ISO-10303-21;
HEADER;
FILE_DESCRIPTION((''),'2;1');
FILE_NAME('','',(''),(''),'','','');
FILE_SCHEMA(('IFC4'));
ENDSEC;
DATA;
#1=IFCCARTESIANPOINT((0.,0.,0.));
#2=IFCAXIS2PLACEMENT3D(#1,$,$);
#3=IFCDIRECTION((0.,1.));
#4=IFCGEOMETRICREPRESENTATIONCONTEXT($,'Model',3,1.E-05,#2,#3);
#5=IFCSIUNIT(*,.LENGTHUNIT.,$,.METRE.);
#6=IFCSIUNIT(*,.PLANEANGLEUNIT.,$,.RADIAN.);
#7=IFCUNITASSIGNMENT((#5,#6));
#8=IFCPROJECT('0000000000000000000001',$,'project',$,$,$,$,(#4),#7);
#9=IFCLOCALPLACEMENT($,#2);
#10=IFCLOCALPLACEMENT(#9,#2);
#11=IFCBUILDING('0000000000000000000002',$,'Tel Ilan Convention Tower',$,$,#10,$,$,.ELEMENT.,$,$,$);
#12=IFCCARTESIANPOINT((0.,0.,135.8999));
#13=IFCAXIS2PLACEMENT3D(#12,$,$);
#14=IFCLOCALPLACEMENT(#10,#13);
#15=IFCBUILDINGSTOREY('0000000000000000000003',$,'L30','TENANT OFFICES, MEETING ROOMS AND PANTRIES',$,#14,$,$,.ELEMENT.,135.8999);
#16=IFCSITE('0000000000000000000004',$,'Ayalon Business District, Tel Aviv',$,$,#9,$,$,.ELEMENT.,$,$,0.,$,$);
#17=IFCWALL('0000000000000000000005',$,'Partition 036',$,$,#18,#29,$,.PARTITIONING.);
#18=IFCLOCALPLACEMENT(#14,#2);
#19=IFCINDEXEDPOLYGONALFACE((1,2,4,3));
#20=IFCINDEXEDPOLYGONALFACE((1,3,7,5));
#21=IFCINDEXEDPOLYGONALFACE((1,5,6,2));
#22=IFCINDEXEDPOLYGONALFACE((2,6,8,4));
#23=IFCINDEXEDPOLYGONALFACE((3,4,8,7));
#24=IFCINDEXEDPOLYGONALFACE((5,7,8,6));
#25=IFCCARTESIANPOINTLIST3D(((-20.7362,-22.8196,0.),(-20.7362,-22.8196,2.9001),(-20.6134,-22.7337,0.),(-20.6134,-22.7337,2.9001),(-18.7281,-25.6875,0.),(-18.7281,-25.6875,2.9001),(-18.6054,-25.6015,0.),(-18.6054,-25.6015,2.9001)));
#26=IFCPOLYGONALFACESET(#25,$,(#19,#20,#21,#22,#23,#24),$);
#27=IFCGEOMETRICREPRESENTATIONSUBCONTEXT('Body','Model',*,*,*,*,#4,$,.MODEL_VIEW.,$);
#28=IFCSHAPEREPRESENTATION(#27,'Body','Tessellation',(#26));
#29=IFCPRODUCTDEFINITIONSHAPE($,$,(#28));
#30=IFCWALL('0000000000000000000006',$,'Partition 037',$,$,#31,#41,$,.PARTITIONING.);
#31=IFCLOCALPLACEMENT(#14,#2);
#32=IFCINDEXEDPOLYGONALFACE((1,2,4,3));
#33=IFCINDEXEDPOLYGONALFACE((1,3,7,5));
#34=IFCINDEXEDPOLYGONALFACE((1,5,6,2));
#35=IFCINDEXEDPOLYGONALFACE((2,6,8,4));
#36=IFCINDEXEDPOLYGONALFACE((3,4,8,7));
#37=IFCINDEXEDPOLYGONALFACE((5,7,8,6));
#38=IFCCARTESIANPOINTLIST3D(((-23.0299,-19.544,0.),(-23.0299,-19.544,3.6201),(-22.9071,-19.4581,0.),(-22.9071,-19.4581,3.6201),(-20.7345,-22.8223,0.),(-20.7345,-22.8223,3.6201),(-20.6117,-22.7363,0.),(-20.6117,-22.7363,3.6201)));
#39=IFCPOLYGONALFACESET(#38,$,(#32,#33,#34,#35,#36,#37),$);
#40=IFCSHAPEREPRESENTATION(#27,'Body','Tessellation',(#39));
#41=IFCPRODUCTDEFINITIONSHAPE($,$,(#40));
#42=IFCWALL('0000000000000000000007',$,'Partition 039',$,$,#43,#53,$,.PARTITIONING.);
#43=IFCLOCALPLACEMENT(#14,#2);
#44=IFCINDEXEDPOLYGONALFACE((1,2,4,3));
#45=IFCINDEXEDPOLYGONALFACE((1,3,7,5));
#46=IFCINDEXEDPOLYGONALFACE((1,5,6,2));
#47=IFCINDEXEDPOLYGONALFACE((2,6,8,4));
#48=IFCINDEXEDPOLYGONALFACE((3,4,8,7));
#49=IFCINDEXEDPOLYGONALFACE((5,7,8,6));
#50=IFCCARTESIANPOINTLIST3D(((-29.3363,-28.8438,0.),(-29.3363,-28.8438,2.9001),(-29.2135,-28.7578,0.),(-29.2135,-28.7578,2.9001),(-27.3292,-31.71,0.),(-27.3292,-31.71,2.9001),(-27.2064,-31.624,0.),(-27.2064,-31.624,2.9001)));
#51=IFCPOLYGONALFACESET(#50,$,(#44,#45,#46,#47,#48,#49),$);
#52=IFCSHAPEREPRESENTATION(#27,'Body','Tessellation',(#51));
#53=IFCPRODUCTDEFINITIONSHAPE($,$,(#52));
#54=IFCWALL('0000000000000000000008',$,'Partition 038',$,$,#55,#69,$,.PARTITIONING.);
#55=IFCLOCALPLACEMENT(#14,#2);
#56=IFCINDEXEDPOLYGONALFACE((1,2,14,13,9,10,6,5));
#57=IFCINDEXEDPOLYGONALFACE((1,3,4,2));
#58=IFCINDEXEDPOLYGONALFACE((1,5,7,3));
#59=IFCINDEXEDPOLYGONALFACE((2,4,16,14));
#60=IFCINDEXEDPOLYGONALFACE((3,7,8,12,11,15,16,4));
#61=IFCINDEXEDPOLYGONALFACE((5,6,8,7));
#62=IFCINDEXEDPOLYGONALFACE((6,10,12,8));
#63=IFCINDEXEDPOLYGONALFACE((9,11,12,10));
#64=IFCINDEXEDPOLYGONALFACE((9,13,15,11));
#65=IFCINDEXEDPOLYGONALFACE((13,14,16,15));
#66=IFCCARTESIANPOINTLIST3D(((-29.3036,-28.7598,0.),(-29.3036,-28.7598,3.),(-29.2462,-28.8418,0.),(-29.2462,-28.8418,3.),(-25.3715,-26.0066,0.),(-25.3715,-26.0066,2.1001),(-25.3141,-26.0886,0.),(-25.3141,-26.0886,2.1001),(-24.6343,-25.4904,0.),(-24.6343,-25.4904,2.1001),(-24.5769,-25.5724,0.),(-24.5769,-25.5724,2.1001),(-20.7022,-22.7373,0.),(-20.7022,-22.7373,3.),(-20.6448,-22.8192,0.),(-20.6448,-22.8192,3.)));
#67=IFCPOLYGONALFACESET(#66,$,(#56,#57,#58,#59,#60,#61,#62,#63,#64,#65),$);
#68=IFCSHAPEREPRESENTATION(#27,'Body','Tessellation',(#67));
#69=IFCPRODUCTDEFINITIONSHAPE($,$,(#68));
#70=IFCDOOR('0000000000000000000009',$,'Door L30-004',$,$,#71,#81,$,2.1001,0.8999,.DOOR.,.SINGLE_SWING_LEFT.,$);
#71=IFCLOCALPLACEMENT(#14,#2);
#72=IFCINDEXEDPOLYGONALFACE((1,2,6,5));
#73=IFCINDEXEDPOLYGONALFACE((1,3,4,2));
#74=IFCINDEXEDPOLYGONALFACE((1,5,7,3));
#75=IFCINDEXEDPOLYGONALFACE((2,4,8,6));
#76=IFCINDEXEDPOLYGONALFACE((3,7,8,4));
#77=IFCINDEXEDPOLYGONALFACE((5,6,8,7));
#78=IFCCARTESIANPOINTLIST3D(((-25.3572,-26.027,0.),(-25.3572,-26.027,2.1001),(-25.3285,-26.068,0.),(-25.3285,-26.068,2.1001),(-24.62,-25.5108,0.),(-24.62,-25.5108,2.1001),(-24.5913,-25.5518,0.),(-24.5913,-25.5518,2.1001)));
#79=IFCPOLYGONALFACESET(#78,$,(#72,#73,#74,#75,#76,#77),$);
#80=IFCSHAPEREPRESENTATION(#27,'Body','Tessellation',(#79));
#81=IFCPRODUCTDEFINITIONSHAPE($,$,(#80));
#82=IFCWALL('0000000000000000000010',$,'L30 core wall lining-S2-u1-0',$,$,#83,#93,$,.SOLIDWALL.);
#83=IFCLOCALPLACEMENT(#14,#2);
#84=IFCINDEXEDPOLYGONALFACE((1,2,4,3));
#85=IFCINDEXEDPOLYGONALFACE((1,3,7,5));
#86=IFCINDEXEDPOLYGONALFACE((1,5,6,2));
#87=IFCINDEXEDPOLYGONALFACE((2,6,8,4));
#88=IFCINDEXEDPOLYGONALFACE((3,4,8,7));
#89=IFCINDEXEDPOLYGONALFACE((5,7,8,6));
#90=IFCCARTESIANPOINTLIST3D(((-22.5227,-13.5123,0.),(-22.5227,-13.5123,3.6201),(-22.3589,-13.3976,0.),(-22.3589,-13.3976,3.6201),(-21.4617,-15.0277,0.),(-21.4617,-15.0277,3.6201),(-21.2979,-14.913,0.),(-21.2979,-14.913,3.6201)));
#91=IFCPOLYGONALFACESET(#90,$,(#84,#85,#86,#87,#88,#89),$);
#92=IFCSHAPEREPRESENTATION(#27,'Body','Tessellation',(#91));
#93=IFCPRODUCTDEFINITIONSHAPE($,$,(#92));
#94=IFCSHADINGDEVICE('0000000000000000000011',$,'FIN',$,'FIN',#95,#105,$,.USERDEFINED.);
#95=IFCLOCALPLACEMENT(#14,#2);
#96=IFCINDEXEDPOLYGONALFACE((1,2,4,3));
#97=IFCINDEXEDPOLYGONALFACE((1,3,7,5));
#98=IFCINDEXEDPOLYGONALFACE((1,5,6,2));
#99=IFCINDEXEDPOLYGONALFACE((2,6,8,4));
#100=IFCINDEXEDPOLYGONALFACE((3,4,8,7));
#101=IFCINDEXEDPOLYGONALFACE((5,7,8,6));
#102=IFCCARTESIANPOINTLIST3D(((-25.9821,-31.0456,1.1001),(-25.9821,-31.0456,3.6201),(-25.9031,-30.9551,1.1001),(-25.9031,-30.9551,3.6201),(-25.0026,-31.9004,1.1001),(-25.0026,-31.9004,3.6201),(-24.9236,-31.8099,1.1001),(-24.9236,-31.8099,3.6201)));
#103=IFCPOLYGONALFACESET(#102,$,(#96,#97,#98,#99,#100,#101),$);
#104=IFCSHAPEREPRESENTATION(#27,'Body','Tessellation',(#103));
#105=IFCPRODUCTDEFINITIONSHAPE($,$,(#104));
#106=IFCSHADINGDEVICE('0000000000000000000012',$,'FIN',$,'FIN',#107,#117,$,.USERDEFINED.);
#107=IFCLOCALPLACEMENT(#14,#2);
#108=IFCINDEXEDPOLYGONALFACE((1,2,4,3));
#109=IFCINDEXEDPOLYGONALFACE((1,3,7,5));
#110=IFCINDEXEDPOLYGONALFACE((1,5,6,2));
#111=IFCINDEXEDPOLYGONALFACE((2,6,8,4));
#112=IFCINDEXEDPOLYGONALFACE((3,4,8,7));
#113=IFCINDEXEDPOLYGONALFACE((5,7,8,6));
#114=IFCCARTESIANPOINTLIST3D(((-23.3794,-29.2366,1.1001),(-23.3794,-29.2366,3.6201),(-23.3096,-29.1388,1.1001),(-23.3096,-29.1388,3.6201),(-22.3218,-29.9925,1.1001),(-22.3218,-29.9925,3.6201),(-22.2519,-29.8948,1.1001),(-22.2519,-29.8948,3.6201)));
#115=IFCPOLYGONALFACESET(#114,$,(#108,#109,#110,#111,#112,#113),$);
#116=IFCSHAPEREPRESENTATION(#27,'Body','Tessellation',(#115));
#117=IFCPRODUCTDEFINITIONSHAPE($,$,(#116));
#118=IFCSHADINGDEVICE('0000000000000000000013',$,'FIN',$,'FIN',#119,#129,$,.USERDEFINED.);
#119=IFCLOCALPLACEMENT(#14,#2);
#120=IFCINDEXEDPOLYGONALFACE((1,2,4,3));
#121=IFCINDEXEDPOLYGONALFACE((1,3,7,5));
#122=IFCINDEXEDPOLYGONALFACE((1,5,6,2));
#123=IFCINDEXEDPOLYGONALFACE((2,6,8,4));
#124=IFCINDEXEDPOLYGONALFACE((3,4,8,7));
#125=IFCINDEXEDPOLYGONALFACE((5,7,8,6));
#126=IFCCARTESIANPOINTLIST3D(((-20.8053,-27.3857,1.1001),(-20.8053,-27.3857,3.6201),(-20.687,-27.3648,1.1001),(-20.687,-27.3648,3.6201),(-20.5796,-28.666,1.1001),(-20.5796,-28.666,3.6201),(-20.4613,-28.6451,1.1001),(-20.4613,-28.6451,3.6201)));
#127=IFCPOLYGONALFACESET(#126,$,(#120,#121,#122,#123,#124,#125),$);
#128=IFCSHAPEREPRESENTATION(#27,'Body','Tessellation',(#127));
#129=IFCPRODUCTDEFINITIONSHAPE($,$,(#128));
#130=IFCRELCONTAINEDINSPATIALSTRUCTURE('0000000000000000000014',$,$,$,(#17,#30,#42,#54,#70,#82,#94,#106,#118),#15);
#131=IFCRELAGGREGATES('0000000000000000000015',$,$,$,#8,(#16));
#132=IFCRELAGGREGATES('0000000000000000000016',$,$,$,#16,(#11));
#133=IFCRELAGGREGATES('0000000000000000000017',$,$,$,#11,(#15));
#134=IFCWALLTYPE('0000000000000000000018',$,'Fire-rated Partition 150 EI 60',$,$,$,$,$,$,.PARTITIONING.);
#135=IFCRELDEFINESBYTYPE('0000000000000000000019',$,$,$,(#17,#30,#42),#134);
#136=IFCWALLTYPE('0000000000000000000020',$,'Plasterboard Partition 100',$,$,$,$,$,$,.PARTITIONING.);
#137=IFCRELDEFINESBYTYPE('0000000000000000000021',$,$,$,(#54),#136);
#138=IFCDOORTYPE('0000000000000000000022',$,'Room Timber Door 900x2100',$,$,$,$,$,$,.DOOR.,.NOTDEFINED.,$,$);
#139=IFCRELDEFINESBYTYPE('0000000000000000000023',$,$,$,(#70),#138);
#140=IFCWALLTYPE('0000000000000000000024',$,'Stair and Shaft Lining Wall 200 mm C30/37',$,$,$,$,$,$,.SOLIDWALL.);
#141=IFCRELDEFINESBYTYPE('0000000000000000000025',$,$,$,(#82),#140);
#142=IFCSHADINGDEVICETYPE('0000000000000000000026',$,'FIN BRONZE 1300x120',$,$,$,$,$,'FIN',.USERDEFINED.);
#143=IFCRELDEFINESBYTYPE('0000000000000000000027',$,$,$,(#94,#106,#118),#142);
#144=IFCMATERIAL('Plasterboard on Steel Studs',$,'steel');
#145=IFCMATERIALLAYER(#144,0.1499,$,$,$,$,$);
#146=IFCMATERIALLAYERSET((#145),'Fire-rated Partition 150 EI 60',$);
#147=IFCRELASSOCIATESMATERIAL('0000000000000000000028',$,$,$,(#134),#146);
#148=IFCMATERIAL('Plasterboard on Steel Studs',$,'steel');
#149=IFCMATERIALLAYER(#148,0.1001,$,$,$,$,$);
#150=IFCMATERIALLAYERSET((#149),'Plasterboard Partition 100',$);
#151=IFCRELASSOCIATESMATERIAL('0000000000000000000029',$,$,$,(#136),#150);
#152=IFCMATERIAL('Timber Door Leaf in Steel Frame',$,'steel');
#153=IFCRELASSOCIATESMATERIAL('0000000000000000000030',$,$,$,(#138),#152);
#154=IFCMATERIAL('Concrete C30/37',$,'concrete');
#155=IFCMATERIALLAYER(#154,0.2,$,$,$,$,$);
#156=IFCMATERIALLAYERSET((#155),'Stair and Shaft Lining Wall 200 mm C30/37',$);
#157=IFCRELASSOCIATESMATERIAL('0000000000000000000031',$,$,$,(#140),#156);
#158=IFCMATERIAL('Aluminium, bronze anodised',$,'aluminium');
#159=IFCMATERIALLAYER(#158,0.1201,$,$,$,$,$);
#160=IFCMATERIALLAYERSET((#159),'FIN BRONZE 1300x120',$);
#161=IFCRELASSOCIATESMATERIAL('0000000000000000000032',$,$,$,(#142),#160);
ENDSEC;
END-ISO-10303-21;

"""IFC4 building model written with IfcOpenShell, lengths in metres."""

from ifc_helpers import new_model, si_unit, direction, frame, frame_2d, origin, origin_2d, place, context, subcontext, project, spatial, rectangle, extrude, material, layer, layer_set, type_object, element, fill, save


model = new_model("IFC4")

# Units and contexts
model_context = context("Model", 3, precision=1e-05, world=origin(), true_north=direction((0.0, 1.0)))
body_context = subcontext(model_context, "Body", "Model", "MODEL_VIEW")
ifc_project = project(units=[si_unit("LENGTHUNIT", "METRE"), si_unit("PLANEANGLEUNIT", "RADIAN")], contexts=[model_context])

# Site, building, storey
site_placement = place(None, origin())
site = spatial("IfcSite", under=ifc_project, at=site_placement, Name="Ayalon Business District, Tel Aviv", CompositionType="ELEMENT", RefElevation=0.0)
building_placement = place(site_placement, origin())
building = spatial("IfcBuilding", under=site, at=building_placement, Name="Tel Ilan Convention Tower", CompositionType="ELEMENT")
storey_placement = place(building_placement, frame((0.0, 0.0, 135.8999)))
storey = spatial("IfcBuildingStorey", under=building, at=storey_placement, Name="L30", Description="TENANT OFFICES, MEETING ROOMS AND PANTRIES", CompositionType="ELEMENT", Elevation=135.8999)

# Shared definitions
ifc_material_1 = material(Name="Plasterboard on Steel Studs", Category="steel")
ifc_layer_1 = layer(ifc_material_1, 0.1499)
ifc_layer_set_1 = layer_set([ifc_layer_1], Name="Fire-rated Partition 150 EI 60")
wall_type_1 = type_object("IfcWallType", Name="Fire-rated Partition 150 EI 60", PredefinedType="PARTITIONING", material=ifc_layer_set_1)

# Walls
wall_1_placement = place(storey_placement, frame((-18.6667, -25.6445, 0.0), z_axis=(0.0, 0.0, 1.0), x_axis=(-0.573561, 0.819163, 0.0)))
element("IfcWall", 1, at=wall_1_placement, inside=storey, type_object=wall_type_1, Name="Partition 036", PredefinedType="PARTITIONING", context=body_context, shape_type="SweptSolid", body=[
    extrude(rectangle(XDim=3.501, YDim=0.1499, at=frame_2d((1.7505, 0.0))), origin(), (0.0, 0.0, 1.0), 2.9001),
])
wall_2_placement = place(storey_placement, frame((-20.6731, -22.7793, 0.0), z_axis=(0.0, 0.0, 1.0), x_axis=(-0.573561, 0.819163, 0.0)))
element("IfcWall", 2, at=wall_2_placement, inside=storey, type_object=wall_type_1, Name="Partition 037", PredefinedType="PARTITIONING", context=body_context, shape_type="SweptSolid", body=[
    extrude(rectangle(XDim=4.002, YDim=0.1499, at=frame_2d((2.001, 0.0))), origin(), (0.0, 0.0, 1.0), 3.6201),
])
wall_3_placement = place(storey_placement, frame((-27.2678, -31.667, 0.0), z_axis=(0.0, 0.0, 1.0), x_axis=(-0.573603, 0.819134, 0.0)))
element("IfcWall", 3, at=wall_3_placement, inside=storey, type_object=wall_type_1, Name="Partition 039", PredefinedType="PARTITIONING", context=body_context, shape_type="SweptSolid", body=[
    extrude(rectangle(XDim=3.499, YDim=0.1499, at=frame_2d((1.7495, 0.0))), origin(), (0.0, 0.0, 1.0), 2.9001),
])

# Wall, opening, door
ifc_material_2 = material(Name="Plasterboard on Steel Studs", Category="steel")
ifc_layer_2 = layer(ifc_material_2, 0.1001)
ifc_layer_set_2 = layer_set([ifc_layer_2], Name="Plasterboard Partition 100")
wall_type_2 = type_object("IfcWallType", Name="Plasterboard Partition 100", PredefinedType="PARTITIONING", material=ifc_layer_set_2)
wall_4_placement = place(storey_placement, frame((-20.6736, -22.7783, 0.0), z_axis=(0.0, 0.0, 1.0), x_axis=(-0.819163, -0.573561, 0.0)))
wall_4 = element("IfcWall", 4, at=wall_4_placement, inside=storey, type_object=wall_type_2, Name="Partition 038", PredefinedType="PARTITIONING", context=body_context, shape_type="SweptSolid", body=[
    extrude(rectangle(XDim=10.5002, YDim=0.1001, at=frame_2d((5.25, 0.0))), origin(), (0.0, 0.0, 1.0), 3.0),
])
opening_1_placement = place(wall_4_placement, frame((4.8, 0.0, 0.0)))
opening_1 = element("IfcOpeningElement", 5, at=opening_1_placement, cuts=wall_4, PredefinedType="OPENING", context=body_context, shape_type="SweptSolid", body=[
    extrude(rectangle(XDim=0.8999, YDim=2.1001, at=frame_2d((0.45, 1.05))), frame((0.0, 0.0601, 0.0), z_axis=(0.0, -1.0, 0.0), x_axis=(1.0, 0.0, 0.0)), (0.0, 0.0, 1.0), 0.1201),
])
ifc_material_3 = material(Name="Timber Door Leaf in Steel Frame", Category="steel")
door_type_1 = type_object("IfcDoorType", Name="Room Timber Door 900x2100", OperationType="NOTDEFINED", PredefinedType="DOOR", material=ifc_material_3)
door_1_placement = place(opening_1_placement, origin())
door_1 = element("IfcDoor", 6, at=door_1_placement, inside=storey, type_object=door_type_1, Name="Door L30-004", OperationType="SINGLE_SWING_LEFT", OverallHeight=2.1001, OverallWidth=0.8999, PredefinedType="DOOR", context=body_context, shape_type="SweptSolid", body=[
    extrude(rectangle(XDim=0.8999, YDim=2.1001, at=frame_2d((0.45, 1.05))), frame((0.0, 0.0249, 0.0), z_axis=(0.0, -1.0, 0.0), x_axis=(1.0, 0.0, 0.0)), (0.0, 0.0, 1.0), 0.05),
])
fill(opening_1, door_1)

# Wall
ifc_material_4 = material(Name="Concrete C30/37", Category="concrete")
ifc_layer_3 = layer(ifc_material_4, 0.2)
ifc_layer_set_3 = layer_set([ifc_layer_3], Name="Stair and Shaft Lining Wall 200 mm C30/37")
wall_type_3 = type_object("IfcWallType", Name="Stair and Shaft Lining Wall 200 mm C30/37", PredefinedType="SOLIDWALL", material=ifc_layer_set_3)
wall_5_placement = place(storey_placement, frame((-21.3799, -14.9702, 0.0), z_axis=(0.0, 0.0, 1.0), x_axis=(-0.57356, 0.819164, 0.0)))
element("IfcWall", 7, at=wall_5_placement, inside=storey, type_object=wall_type_3, Name="L30 core wall lining-S2-u1-0", PredefinedType="SOLIDWALL", context=body_context, shape_type="SweptSolid", body=[
    extrude(rectangle(XDim=1.8499, YDim=0.2, at=frame_2d((0.9248, 0.0))), origin(), (0.0, 0.0, 1.0), 3.6201),
])

# Shading devices
ifc_material_5 = material(Name="Aluminium, bronze anodised", Category="aluminium")
ifc_layer_4 = layer(ifc_material_5, 0.1201)
ifc_layer_set_4 = layer_set([ifc_layer_4], Name="FIN BRONZE 1300x120")
shading_device_type = type_object("IfcShadingDeviceType", Name="FIN BRONZE 1300x120", ElementType="FIN", PredefinedType="USERDEFINED", material=ifc_layer_set_4)
for number, where, z_axis, x_axis, name in (
    (8, (-25.4529, -31.4277, 1.1001), (0.0, 0.0, 1.0), (0.753436, -0.657521, 0.0), "FIN"),
    (9, (-22.8157, -29.5657, 1.1001), (0.0, 0.0, 1.0), (0.813552, -0.581492, 0.0), "FIN"),
    (10, (-20.6333, -28.0154, 1.1001), (0.0, 0.0, 1.0), (0.173648, -0.984808, 0.0), "FIN"),
):
    element("IfcShadingDevice", number, at=place(storey_placement, frame(where, z_axis=z_axis, x_axis=x_axis)), inside=storey, type_object=shading_device_type, Name=name, ObjectType="FIN", PredefinedType="USERDEFINED", context=body_context, shape_type="SweptSolid", body=[
        extrude(rectangle(XDim=1.3, YDim=0.1201, at=origin_2d()), origin(), (0.0, 0.0, 1.0), 2.52),
    ])

save(model, "model.ifc")
